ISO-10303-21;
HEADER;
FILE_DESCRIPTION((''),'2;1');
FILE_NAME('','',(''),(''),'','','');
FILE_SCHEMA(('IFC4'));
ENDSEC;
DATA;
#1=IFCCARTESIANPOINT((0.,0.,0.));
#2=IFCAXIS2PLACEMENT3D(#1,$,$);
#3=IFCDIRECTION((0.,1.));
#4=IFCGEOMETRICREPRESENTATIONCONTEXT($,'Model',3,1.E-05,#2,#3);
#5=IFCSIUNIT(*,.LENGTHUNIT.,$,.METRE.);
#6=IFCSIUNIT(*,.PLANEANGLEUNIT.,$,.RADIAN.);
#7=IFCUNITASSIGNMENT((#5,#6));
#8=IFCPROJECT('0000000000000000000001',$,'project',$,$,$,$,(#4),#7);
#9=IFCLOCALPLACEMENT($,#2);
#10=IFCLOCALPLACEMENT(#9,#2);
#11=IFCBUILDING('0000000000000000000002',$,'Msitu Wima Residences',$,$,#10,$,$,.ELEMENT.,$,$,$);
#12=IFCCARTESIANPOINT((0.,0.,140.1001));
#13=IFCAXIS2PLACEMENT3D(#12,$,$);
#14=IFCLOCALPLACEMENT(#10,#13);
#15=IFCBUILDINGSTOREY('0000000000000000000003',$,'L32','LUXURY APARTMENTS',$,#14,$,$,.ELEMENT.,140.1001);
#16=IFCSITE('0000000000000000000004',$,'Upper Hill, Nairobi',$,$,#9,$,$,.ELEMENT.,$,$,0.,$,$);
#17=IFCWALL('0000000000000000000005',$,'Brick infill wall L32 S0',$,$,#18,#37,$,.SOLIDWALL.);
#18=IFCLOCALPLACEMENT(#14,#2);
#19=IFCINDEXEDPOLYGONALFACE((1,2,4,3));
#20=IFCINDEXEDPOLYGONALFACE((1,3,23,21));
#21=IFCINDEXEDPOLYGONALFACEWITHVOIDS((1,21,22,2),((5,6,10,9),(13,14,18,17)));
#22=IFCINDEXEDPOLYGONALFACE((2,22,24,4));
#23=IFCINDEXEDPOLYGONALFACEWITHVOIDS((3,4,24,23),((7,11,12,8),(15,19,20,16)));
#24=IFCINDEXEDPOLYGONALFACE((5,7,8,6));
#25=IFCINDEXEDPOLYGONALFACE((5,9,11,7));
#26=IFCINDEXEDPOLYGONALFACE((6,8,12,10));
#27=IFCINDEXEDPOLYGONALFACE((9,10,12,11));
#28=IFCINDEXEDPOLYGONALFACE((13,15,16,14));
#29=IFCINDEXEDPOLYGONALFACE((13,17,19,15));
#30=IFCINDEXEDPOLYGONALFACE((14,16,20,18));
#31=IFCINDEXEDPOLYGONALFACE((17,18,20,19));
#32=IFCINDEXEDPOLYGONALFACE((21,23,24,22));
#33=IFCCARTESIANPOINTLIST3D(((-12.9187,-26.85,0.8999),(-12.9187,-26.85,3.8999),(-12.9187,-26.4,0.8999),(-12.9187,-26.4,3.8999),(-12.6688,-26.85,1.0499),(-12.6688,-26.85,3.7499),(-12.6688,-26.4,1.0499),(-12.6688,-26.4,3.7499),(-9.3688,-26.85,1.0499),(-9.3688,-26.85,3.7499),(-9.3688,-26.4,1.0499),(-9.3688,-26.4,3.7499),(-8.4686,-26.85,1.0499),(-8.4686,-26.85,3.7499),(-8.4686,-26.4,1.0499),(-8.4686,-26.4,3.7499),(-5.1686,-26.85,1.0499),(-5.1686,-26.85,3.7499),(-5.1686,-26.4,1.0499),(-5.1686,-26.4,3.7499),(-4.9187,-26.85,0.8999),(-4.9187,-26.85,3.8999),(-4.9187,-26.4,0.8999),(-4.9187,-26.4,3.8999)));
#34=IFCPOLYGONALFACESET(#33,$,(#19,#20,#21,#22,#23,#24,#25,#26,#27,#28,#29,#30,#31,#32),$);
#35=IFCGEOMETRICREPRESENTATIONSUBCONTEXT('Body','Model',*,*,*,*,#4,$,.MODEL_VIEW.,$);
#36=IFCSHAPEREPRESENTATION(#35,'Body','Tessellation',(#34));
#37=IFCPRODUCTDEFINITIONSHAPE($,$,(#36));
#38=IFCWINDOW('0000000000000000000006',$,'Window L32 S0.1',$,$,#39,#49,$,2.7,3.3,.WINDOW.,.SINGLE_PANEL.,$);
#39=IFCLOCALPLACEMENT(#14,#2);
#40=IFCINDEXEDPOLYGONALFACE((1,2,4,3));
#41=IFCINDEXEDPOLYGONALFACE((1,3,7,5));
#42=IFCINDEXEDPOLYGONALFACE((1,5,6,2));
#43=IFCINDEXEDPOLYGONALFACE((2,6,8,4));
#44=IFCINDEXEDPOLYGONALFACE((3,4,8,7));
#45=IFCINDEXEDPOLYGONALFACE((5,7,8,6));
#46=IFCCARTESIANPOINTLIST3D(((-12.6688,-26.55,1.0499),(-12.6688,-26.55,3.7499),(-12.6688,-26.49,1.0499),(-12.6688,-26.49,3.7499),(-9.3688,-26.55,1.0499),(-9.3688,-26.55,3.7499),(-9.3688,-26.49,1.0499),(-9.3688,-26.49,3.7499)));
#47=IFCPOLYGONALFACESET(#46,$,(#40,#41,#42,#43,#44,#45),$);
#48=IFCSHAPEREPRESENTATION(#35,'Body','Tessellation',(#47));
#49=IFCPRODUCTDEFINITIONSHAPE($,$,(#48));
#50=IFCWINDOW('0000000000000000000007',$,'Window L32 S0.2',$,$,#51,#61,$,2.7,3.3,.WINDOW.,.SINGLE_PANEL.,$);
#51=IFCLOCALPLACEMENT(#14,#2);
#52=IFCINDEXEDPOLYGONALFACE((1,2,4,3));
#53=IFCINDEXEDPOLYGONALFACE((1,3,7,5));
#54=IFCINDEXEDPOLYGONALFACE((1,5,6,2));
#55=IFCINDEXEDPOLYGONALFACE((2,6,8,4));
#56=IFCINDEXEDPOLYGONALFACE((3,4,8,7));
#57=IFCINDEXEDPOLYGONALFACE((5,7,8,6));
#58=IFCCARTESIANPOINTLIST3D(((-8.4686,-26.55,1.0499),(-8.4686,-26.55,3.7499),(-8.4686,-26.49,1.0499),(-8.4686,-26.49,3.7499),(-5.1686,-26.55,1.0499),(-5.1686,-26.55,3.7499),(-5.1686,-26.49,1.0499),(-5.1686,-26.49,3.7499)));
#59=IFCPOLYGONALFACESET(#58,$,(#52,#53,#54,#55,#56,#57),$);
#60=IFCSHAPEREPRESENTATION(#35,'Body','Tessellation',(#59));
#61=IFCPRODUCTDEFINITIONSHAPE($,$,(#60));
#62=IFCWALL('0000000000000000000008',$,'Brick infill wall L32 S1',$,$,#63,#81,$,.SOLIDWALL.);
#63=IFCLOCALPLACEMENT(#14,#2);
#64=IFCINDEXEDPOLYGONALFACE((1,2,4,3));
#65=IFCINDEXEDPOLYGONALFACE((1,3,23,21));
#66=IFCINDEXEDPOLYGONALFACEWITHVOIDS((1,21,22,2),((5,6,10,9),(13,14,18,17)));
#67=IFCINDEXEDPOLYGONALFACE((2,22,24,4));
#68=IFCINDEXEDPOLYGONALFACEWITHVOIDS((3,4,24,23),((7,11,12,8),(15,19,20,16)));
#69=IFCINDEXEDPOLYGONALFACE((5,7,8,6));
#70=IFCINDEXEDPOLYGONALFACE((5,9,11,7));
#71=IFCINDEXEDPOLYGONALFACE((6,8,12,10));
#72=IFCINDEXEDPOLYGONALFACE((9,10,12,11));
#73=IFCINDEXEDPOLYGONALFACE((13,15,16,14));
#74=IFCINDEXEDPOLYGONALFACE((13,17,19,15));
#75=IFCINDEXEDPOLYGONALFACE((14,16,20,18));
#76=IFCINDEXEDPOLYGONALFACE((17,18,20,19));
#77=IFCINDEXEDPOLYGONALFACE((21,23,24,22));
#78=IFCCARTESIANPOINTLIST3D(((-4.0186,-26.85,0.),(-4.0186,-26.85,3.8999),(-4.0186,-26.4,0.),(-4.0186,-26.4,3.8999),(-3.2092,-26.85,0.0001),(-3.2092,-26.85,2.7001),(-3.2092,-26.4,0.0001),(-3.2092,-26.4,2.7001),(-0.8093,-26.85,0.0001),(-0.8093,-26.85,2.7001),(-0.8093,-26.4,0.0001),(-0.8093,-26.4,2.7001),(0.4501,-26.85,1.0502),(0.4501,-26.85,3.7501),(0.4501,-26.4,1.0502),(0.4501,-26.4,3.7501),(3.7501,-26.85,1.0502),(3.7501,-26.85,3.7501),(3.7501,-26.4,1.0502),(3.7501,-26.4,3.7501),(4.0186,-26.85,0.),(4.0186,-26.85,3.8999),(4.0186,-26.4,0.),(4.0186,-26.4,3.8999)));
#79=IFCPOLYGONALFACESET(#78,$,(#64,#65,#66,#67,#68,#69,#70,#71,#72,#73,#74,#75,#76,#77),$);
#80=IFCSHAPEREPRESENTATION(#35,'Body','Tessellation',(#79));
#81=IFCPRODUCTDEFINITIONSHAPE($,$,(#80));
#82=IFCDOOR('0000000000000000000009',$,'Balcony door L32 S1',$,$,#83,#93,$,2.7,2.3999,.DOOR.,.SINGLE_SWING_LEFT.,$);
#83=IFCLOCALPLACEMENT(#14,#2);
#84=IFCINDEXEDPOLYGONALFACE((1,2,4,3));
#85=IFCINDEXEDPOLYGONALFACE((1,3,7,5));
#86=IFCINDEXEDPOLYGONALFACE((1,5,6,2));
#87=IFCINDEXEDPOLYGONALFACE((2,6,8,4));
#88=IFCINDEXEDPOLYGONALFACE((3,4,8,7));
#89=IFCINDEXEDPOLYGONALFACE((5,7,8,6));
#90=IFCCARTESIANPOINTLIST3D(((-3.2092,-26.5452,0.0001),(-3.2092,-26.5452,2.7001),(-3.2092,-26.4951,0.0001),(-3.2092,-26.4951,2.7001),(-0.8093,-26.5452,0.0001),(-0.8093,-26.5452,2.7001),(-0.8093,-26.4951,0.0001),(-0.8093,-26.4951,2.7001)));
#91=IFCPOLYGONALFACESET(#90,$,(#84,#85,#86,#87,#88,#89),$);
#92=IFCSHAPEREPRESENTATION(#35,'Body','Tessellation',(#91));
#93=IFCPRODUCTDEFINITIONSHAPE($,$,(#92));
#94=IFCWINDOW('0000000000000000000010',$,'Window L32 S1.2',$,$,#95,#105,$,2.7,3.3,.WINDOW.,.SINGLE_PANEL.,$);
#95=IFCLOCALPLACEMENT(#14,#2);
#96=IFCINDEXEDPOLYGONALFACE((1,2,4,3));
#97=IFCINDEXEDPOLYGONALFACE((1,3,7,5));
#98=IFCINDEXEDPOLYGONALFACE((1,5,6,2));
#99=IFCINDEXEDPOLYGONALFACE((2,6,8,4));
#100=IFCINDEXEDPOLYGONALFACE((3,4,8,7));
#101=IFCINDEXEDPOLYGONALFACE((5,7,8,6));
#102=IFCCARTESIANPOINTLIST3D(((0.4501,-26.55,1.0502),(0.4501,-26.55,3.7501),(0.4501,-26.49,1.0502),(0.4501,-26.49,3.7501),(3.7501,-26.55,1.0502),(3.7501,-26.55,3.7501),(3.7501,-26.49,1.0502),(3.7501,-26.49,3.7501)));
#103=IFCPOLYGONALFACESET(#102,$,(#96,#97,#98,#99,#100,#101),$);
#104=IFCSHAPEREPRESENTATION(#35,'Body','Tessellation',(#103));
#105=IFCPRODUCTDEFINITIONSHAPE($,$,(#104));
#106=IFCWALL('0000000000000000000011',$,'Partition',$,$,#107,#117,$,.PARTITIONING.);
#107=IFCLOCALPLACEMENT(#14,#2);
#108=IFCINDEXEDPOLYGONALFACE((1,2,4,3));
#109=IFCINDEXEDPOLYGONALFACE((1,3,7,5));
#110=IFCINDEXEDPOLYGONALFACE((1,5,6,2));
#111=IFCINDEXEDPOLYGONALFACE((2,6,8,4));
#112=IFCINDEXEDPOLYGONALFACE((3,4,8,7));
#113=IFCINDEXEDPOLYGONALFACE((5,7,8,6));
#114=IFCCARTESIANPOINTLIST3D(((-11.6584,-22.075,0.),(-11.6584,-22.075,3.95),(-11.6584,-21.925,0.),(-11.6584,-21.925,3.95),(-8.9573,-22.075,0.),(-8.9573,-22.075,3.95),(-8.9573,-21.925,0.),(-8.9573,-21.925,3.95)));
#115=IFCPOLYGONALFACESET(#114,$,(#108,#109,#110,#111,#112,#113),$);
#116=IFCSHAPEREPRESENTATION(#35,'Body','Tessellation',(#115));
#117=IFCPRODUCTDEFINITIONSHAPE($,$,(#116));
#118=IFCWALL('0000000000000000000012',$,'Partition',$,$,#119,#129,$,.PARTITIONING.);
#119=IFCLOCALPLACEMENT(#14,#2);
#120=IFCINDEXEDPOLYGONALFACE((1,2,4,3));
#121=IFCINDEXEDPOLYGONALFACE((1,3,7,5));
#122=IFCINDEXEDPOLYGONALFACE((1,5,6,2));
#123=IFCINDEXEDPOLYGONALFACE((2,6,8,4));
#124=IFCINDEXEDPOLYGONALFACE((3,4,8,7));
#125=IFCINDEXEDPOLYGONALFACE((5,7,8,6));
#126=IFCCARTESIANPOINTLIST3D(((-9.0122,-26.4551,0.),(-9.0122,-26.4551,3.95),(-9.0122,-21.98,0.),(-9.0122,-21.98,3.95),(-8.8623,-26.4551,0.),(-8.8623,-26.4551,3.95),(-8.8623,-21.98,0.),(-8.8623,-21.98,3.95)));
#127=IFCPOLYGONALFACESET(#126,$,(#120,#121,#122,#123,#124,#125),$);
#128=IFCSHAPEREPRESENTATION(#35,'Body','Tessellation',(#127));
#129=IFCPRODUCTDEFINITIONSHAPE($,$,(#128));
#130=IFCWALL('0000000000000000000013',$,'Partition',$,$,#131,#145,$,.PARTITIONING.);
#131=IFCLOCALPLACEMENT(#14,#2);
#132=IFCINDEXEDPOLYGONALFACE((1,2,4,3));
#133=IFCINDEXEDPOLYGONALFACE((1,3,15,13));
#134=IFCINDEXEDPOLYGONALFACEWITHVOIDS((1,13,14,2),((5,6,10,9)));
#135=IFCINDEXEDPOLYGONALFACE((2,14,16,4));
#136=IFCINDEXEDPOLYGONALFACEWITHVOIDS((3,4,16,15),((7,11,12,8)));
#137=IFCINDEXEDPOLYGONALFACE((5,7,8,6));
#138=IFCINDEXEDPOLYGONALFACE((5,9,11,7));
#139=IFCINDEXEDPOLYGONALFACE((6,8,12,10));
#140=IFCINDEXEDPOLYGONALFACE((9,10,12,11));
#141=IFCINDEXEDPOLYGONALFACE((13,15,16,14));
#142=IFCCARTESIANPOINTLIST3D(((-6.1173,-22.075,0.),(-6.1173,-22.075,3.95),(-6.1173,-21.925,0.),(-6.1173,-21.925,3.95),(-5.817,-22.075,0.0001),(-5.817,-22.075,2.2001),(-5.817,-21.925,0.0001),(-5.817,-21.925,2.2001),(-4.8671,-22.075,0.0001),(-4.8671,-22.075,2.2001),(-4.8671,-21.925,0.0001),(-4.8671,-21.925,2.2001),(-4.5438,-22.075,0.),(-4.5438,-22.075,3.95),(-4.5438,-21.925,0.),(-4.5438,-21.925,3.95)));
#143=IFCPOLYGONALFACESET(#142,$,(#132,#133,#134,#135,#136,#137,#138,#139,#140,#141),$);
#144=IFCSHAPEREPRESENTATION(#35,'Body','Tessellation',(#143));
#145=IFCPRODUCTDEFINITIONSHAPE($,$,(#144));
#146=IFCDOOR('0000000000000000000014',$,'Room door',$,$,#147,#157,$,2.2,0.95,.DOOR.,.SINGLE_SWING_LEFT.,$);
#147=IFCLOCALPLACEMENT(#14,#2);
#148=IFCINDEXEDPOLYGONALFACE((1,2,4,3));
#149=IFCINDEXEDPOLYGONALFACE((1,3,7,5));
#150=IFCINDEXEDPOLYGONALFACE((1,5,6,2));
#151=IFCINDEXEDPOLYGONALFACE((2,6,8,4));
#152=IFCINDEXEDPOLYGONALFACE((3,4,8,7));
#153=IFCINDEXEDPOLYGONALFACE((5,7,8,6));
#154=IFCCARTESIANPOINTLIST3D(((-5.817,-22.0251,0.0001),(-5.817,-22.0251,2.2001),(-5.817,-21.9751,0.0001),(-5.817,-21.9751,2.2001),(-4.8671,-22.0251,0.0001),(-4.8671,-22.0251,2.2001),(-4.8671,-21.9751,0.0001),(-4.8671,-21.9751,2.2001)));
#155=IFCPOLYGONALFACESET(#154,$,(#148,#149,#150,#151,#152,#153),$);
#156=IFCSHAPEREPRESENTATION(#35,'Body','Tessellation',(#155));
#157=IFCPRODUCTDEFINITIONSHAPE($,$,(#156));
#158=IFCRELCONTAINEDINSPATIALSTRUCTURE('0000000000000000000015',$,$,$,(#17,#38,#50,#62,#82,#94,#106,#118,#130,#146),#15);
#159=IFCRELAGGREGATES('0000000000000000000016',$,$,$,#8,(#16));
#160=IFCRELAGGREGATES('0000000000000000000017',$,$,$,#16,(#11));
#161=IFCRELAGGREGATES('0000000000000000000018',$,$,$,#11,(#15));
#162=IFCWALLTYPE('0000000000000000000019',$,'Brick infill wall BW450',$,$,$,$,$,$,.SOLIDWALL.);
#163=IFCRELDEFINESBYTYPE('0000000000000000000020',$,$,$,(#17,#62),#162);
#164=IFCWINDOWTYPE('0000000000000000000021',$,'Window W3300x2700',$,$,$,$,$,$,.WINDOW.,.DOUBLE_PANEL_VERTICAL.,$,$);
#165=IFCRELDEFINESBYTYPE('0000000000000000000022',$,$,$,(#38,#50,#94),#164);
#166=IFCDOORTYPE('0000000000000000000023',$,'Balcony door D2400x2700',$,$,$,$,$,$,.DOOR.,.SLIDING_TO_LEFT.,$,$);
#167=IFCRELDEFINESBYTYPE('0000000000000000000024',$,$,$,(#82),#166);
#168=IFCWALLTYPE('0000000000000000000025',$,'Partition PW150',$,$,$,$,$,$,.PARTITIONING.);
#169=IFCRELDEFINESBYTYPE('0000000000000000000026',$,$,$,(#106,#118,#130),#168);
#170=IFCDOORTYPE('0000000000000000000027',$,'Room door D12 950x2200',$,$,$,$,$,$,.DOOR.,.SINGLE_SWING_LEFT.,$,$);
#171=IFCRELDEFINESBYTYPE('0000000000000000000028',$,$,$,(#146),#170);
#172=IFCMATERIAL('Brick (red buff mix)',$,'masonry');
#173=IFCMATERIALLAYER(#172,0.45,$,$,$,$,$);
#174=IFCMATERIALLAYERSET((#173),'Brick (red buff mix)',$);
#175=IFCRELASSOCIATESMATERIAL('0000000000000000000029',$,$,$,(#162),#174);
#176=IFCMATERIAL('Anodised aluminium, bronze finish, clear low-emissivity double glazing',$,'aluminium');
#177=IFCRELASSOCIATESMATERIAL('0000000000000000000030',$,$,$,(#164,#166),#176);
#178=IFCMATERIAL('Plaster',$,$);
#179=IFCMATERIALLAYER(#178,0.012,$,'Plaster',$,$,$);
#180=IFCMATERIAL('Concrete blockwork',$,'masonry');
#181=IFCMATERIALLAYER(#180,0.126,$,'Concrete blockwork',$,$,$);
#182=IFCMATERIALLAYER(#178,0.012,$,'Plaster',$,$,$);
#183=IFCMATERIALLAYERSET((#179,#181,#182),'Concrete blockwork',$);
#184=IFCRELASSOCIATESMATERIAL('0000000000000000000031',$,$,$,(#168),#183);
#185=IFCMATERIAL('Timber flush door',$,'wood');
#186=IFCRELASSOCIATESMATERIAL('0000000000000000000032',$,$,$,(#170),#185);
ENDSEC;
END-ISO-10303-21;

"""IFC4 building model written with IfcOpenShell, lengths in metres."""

from ifc_helpers import new_model, si_unit, direction, frame, frame_2d, origin, place, context, subcontext, project, spatial, rectangle, extrude, material, layer, layer_set, type_object, element, fill, save


model = new_model("IFC4")

# Units and contexts
model_context = context("Model", 3, precision=1e-05, world=origin(), true_north=direction((0.0, 1.0)))
body_context = subcontext(model_context, "Body", "Model", "MODEL_VIEW")
ifc_project = project(units=[si_unit("LENGTHUNIT", "METRE"), si_unit("PLANEANGLEUNIT", "RADIAN")], contexts=[model_context])

# Site, building, storey
site_placement = place(None, origin())
site = spatial("IfcSite", under=ifc_project, at=site_placement, Name="Upper Hill, Nairobi", CompositionType="ELEMENT", RefElevation=0.0)
building_placement = place(site_placement, origin())
building = spatial("IfcBuilding", under=site, at=building_placement, Name="Msitu Wima Residences", CompositionType="ELEMENT")
storey_placement = place(building_placement, frame((0.0, 0.0, 140.1001)))
storey = spatial("IfcBuildingStorey", under=building, at=storey_placement, Name="L32", Description="LUXURY APARTMENTS", CompositionType="ELEMENT", Elevation=140.1001)

# Wall, openings, windows
ifc_material_1 = material(Name="Brick (red buff mix)", Category="masonry")
ifc_layer_1 = layer(ifc_material_1, 0.45)
ifc_layer_set_1 = layer_set([ifc_layer_1], Name="Brick (red buff mix)")
wall_type_1 = type_object("IfcWallType", Name="Brick infill wall BW450", PredefinedType="SOLIDWALL", material=ifc_layer_set_1)
wall_1_placement = place(storey_placement, frame((-12.9187, -26.625, 0.8999), z_axis=(0.0, 0.0, 1.0), x_axis=(1.0, 0.0, 0.0)))
wall_1 = element("IfcWall", 1, at=wall_1_placement, inside=storey, type_object=wall_type_1, Name="Brick infill wall L32 S0", PredefinedType="SOLIDWALL", context=body_context, shape_type="SweptSolid", body=[
    extrude(rectangle(XDim=8.0, YDim=0.45, at=frame_2d((4.0, 0.0))), origin(), (0.0, 0.0, 1.0), 3.0),
])
opening_1_placement = place(wall_1_placement, frame((0.25, 0.0, 0.1499)))
opening_1 = element("IfcOpeningElement", 2, at=opening_1_placement, cuts=wall_1, PredefinedType="OPENING", context=body_context, shape_type="SweptSolid", body=[
    extrude(rectangle(XDim=3.3, YDim=2.7, at=frame_2d((1.6499, 1.3501))), frame((0.0, 0.2349, 0.0), z_axis=(0.0, -1.0, 0.0), x_axis=(1.0, 0.0, 0.0)), (0.0, 0.0, 1.0), 0.47),
])
opening_2_placement = place(wall_1_placement, frame((4.4502, 0.0, 0.1499)))
opening_2 = element("IfcOpeningElement", 3, at=opening_2_placement, cuts=wall_1, PredefinedType="OPENING", context=body_context, shape_type="SweptSolid", body=[
    extrude(rectangle(XDim=3.3, YDim=2.7, at=frame_2d((1.6499, 1.3501))), frame((0.0, 0.2349, 0.0), z_axis=(0.0, -1.0, 0.0), x_axis=(1.0, 0.0, 0.0)), (0.0, 0.0, 1.0), 0.47),
])
ifc_material_2 = material(Name="Anodised aluminium, bronze finish, clear low-emissivity double glazing", Category="aluminium")
window_type = type_object("IfcWindowType", Name="Window W3300x2700", PartitioningType="DOUBLE_PANEL_VERTICAL", PredefinedType="WINDOW", material=ifc_material_2)
window_1_placement = place(opening_1_placement, origin())
window_1 = element("IfcWindow", 4, at=window_1_placement, inside=storey, type_object=window_type, Name="Window L32 S0.1", OverallHeight=2.7, OverallWidth=3.3, PartitioningType="SINGLE_PANEL", PredefinedType="WINDOW", context=body_context, shape_type="SweptSolid", body=[
    extrude(rectangle(XDim=3.3, YDim=2.7, at=frame_2d((1.6499, 1.3501))), frame((0.0, 0.135, 0.0), z_axis=(0.0, -1.0, 0.0), x_axis=(1.0, 0.0, 0.0)), (0.0, 0.0, 1.0), 0.0601),
])
fill(opening_1, window_1)
window_2_placement = place(opening_2_placement, origin())
window_2 = element("IfcWindow", 5, at=window_2_placement, inside=storey, type_object=window_type, Name="Window L32 S0.2", OverallHeight=2.7, OverallWidth=3.3, PartitioningType="SINGLE_PANEL", PredefinedType="WINDOW", context=body_context, shape_type="SweptSolid", body=[
    extrude(rectangle(XDim=3.3, YDim=2.7, at=frame_2d((1.6499, 1.3501))), frame((0.0, 0.135, 0.0), z_axis=(0.0, -1.0, 0.0), x_axis=(1.0, 0.0, 0.0)), (0.0, 0.0, 1.0), 0.0601),
])
fill(opening_2, window_2)

# Wall, openings, door, window
wall_2_placement = place(storey_placement, frame((-4.0186, -26.625, 0.0), z_axis=(0.0, 0.0, 1.0), x_axis=(1.0, 0.0, 0.0)))
wall_2 = element("IfcWall", 6, at=wall_2_placement, inside=storey, type_object=wall_type_1, Name="Brick infill wall L32 S1", PredefinedType="SOLIDWALL", context=body_context, shape_type="SweptSolid", body=[
    extrude(rectangle(XDim=8.0371, YDim=0.45, at=frame_2d((4.0186, 0.0))), origin(), (0.0, 0.0, 1.0), 3.8999),
])
opening_3_placement = place(wall_2_placement, frame((0.8093, 0.0, 0.0)))
opening_3 = element("IfcOpeningElement", 7, at=opening_3_placement, cuts=wall_2, PredefinedType="OPENING", context=body_context, shape_type="SweptSolid", body=[
    extrude(rectangle(XDim=2.3999, YDim=2.7, at=frame_2d((1.2, 1.3501))), frame((0.0, 0.2349, 0.0), z_axis=(0.0, -1.0, 0.0), x_axis=(1.0, 0.0, 0.0)), (0.0, 0.0, 1.0), 0.47),
])
opening_4_placement = place(wall_2_placement, frame((4.4688, 0.0, 1.05)))
opening_4 = element("IfcOpeningElement", 8, at=opening_4_placement, cuts=wall_2, PredefinedType="OPENING", context=body_context, shape_type="SweptSolid", body=[
    extrude(rectangle(XDim=3.3, YDim=2.7, at=frame_2d((1.6499, 1.3501))), frame((0.0, 0.2349, 0.0), z_axis=(0.0, -1.0, 0.0), x_axis=(1.0, 0.0, 0.0)), (0.0, 0.0, 1.0), 0.47),
])
door_type_1 = type_object("IfcDoorType", Name="Balcony door D2400x2700", OperationType="SLIDING_TO_LEFT", PredefinedType="DOOR", material=ifc_material_2)
door_1_placement = place(opening_3_placement, origin())
door_1 = element("IfcDoor", 9, at=door_1_placement, inside=storey, type_object=door_type_1, Name="Balcony door L32 S1", OperationType="SINGLE_SWING_LEFT", OverallHeight=2.7, OverallWidth=2.3999, PredefinedType="DOOR", context=body_context, shape_type="SweptSolid", body=[
    extrude(rectangle(XDim=2.3999, YDim=2.7, at=frame_2d((1.2, 1.3501))), frame((0.0, 0.1299, 0.0), z_axis=(0.0, -1.0, 0.0), x_axis=(1.0, 0.0, 0.0)), (0.0, 0.0, 1.0), 0.05),
])
fill(opening_3, door_1)
window_3_placement = place(opening_4_placement, origin())
window_3 = element("IfcWindow", 10, at=window_3_placement, inside=storey, type_object=window_type, Name="Window L32 S1.2", OverallHeight=2.7, OverallWidth=3.3, PartitioningType="SINGLE_PANEL", PredefinedType="WINDOW", context=body_context, shape_type="SweptSolid", body=[
    extrude(rectangle(XDim=3.3, YDim=2.7, at=frame_2d((1.6499, 1.3501))), frame((0.0, 0.135, 0.0), z_axis=(0.0, -1.0, 0.0), x_axis=(1.0, 0.0, 0.0)), (0.0, 0.0, 1.0), 0.0601),
])
fill(opening_4, window_3)

# Walls
ifc_material_3 = material(Name="Plaster")
ifc_layer_2 = layer(ifc_material_3, 0.012, Name="Plaster")
ifc_material_4 = material(Name="Concrete blockwork", Category="masonry")
ifc_layer_3 = layer(ifc_material_4, 0.126, Name="Concrete blockwork")
ifc_layer_4 = layer(ifc_material_3, 0.012, Name="Plaster")
ifc_layer_set_2 = layer_set([ifc_layer_2, ifc_layer_3, ifc_layer_4], Name="Concrete blockwork")
wall_type_2 = type_object("IfcWallType", Name="Partition PW150", PredefinedType="PARTITIONING", material=ifc_layer_set_2)
wall_3_placement = place(storey_placement, frame((-11.6584, -22.0, 0.0), z_axis=(0.0, 0.0, 1.0), x_axis=(1.0, 0.0, 0.0)))
element("IfcWall", 11, at=wall_3_placement, inside=storey, type_object=wall_type_2, Name="Partition", PredefinedType="PARTITIONING", context=body_context, shape_type="SweptSolid", body=[
    extrude(rectangle(XDim=2.7012, YDim=0.1499, at=frame_2d((1.3506, 0.0))), origin(), (0.0, 0.0, 1.0), 3.95),
])
wall_4_placement = place(storey_placement, frame((-8.9373, -26.4551, 0.0), z_axis=(0.0, 0.0, 1.0), x_axis=(0.0, 1.0, 0.0)))
element("IfcWall", 12, at=wall_4_placement, inside=storey, type_object=wall_type_2, Name="Partition", PredefinedType="PARTITIONING", context=body_context, shape_type="SweptSolid", body=[
    extrude(rectangle(XDim=4.4751, YDim=0.1499, at=frame_2d((2.2375, 0.0))), origin(), (0.0, 0.0, 1.0), 3.95),
])

# Wall, opening, door
wall_5_placement = place(storey_placement, frame((-6.1172, -22.0, 0.0), z_axis=(0.0, 0.0, 1.0), x_axis=(1.0, 0.0, 0.0)))
wall_5 = element("IfcWall", 13, at=wall_5_placement, inside=storey, type_object=wall_type_2, Name="Partition", PredefinedType="PARTITIONING", context=body_context, shape_type="SweptSolid", body=[
    extrude(rectangle(XDim=1.5735, YDim=0.1499, at=frame_2d((0.7866, 0.0))), origin(), (0.0, 0.0, 1.0), 3.95),
])
opening_5_placement = place(wall_5_placement, frame((0.3, 0.0, 0.0)))
opening_5 = element("IfcOpeningElement", 14, at=opening_5_placement, cuts=wall_5, PredefinedType="OPENING", context=body_context, shape_type="SweptSolid", body=[
    extrude(rectangle(XDim=0.95, YDim=2.2, at=frame_2d((0.4751, 1.1001))), frame((0.0, 0.085, 0.0), z_axis=(0.0, -1.0, 0.0), x_axis=(1.0, 0.0, 0.0)), (0.0, 0.0, 1.0), 0.1699),
])
ifc_material_5 = material(Name="Timber flush door", Category="wood")
door_type_2 = type_object("IfcDoorType", Name="Room door D12 950x2200", OperationType="SINGLE_SWING_LEFT", PredefinedType="DOOR", material=ifc_material_5)
door_2_placement = place(opening_5_placement, origin())
door_2 = element("IfcDoor", 15, at=door_2_placement, inside=storey, type_object=door_type_2, Name="Room door", OperationType="SINGLE_SWING_LEFT", OverallHeight=2.2, OverallWidth=0.95, PredefinedType="DOOR", context=body_context, shape_type="SweptSolid", body=[
    extrude(rectangle(XDim=0.95, YDim=2.2, at=frame_2d((0.4751, 1.1001))), frame((0.0, 0.0249, 0.0), z_axis=(0.0, -1.0, 0.0), x_axis=(1.0, 0.0, 0.0)), (0.0, 0.0, 1.0), 0.05),
])
fill(opening_5, door_2)

save(model, "model.ifc")
